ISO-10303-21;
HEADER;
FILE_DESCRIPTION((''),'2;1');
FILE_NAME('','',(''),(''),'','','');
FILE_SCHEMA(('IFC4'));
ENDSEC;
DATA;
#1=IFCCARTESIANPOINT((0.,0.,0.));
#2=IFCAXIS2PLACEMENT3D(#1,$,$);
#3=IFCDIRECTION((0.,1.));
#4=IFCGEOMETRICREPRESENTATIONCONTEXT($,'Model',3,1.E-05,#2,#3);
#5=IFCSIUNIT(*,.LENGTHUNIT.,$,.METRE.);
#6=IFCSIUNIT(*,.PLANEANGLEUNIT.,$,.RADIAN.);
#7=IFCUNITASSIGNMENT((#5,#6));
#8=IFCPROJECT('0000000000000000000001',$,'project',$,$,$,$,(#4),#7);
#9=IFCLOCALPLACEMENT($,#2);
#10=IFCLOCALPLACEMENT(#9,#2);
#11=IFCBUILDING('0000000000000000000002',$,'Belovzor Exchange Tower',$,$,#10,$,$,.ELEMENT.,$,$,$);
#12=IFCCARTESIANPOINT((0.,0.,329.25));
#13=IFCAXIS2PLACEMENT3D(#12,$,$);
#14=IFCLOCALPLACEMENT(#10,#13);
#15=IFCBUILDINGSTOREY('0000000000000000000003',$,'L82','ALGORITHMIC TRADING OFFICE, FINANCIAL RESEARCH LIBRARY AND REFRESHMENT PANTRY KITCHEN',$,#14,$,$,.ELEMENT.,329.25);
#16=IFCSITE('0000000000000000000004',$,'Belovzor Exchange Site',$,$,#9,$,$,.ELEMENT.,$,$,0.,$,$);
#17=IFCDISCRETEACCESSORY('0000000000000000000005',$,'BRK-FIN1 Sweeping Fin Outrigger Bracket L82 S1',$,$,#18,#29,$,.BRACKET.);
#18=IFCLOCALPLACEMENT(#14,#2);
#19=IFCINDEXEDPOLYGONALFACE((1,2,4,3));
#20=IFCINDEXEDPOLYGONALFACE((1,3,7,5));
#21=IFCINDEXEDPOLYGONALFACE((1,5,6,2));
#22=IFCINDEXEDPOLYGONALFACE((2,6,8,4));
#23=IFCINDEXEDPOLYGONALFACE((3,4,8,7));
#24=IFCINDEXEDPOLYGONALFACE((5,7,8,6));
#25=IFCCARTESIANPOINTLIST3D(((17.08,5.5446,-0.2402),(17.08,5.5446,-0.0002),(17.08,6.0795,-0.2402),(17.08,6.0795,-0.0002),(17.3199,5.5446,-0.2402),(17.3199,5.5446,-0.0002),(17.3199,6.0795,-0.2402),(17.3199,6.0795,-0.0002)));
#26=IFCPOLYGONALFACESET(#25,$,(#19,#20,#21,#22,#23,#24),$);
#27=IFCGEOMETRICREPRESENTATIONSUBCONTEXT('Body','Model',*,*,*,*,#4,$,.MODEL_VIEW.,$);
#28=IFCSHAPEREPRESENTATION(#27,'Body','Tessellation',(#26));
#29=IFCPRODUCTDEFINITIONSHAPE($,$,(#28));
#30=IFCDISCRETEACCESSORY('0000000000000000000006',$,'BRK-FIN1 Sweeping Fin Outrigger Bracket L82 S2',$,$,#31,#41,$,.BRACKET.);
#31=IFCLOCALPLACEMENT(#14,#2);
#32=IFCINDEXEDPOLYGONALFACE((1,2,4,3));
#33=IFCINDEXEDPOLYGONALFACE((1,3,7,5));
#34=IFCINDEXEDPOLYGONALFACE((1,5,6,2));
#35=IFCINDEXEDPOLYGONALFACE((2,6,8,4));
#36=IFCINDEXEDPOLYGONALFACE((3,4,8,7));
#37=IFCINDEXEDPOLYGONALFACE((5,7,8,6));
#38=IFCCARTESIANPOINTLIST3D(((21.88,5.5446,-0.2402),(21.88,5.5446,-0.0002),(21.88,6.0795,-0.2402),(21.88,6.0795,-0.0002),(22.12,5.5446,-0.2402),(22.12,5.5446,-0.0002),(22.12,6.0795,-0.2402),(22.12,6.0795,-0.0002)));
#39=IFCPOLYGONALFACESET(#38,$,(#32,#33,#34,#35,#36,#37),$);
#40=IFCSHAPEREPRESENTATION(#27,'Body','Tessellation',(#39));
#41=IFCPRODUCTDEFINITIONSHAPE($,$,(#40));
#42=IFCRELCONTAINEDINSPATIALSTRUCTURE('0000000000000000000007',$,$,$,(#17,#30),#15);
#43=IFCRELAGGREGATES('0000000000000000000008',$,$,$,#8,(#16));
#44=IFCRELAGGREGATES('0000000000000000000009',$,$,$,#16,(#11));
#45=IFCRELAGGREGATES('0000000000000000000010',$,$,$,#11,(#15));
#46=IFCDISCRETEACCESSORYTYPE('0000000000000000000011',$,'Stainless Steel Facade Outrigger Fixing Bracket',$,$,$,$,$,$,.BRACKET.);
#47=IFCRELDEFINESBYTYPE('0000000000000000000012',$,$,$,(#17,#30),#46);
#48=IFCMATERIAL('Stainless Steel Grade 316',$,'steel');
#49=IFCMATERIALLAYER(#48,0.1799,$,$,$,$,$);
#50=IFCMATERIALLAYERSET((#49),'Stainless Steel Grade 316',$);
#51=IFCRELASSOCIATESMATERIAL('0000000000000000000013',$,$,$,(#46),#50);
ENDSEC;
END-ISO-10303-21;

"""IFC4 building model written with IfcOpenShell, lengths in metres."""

from ifc_helpers import new_model, si_unit, direction, frame, origin, origin_2d, place, context, subcontext, project, spatial, rectangle, extrude, material, layer, layer_set, type_object, element, save


model = new_model("IFC4")

# Units and contexts
model_context = context("Model", 3, precision=1e-05, world=origin(), true_north=direction((0.0, 1.0)))
body_context = subcontext(model_context, "Body", "Model", "MODEL_VIEW")
ifc_project = project(units=[si_unit("LENGTHUNIT", "METRE"), si_unit("PLANEANGLEUNIT", "RADIAN")], contexts=[model_context])

# Site, building, storey
site_placement = place(None, origin())
site = spatial("IfcSite", under=ifc_project, at=site_placement, Name="Belovzor Exchange Site", CompositionType="ELEMENT", RefElevation=0.0)
building_placement = place(site_placement, origin())
building = spatial("IfcBuilding", under=site, at=building_placement, Name="Belovzor Exchange Tower", CompositionType="ELEMENT")
storey_placement = place(building_placement, frame((0.0, 0.0, 329.25)))
storey = spatial("IfcBuildingStorey", under=building, at=storey_placement, Name="L82", Description="ALGORITHMIC TRADING OFFICE, FINANCIAL RESEARCH LIBRARY AND REFRESHMENT PANTRY KITCHEN", CompositionType="ELEMENT", Elevation=329.25)

# Discrete accessories
ifc_material_1 = material(Name="Stainless Steel Grade 316", Category="steel")
ifc_layer_1 = layer(ifc_material_1, 0.1799)
ifc_layer_set_1 = layer_set([ifc_layer_1], Name="Stainless Steel Grade 316")
discrete_accessory_type = type_object("IfcDiscreteAccessoryType", Name="Stainless Steel Facade Outrigger Fixing Bracket", PredefinedType="BRACKET", material=ifc_layer_set_1)
for number, where, z_axis, x_axis, name in (
    (1, (17.2, 5.812, -0.2402), (0.0, 0.0, 1.0), (0.0, 1.0, 0.0), "BRK-FIN1 Sweeping Fin Outrigger Bracket L82 S1"),
    (2, (22.0, 5.812, -0.2402), (0.0, 0.0, 1.0), (0.0, 1.0, 0.0), "BRK-FIN1 Sweeping Fin Outrigger Bracket L82 S2"),
):
    element("IfcDiscreteAccessory", number, at=place(storey_placement, frame(where, z_axis=z_axis, x_axis=x_axis)), inside=storey, type_object=discrete_accessory_type, Name=name, PredefinedType="BRACKET", context=body_context, shape_type="SweptSolid", body=[
        extrude(rectangle(XDim=0.5349, YDim=0.24, at=origin_2d()), origin(), (0.0, 0.0, 1.0), 0.24),
    ])

save(model, "model.ifc")
